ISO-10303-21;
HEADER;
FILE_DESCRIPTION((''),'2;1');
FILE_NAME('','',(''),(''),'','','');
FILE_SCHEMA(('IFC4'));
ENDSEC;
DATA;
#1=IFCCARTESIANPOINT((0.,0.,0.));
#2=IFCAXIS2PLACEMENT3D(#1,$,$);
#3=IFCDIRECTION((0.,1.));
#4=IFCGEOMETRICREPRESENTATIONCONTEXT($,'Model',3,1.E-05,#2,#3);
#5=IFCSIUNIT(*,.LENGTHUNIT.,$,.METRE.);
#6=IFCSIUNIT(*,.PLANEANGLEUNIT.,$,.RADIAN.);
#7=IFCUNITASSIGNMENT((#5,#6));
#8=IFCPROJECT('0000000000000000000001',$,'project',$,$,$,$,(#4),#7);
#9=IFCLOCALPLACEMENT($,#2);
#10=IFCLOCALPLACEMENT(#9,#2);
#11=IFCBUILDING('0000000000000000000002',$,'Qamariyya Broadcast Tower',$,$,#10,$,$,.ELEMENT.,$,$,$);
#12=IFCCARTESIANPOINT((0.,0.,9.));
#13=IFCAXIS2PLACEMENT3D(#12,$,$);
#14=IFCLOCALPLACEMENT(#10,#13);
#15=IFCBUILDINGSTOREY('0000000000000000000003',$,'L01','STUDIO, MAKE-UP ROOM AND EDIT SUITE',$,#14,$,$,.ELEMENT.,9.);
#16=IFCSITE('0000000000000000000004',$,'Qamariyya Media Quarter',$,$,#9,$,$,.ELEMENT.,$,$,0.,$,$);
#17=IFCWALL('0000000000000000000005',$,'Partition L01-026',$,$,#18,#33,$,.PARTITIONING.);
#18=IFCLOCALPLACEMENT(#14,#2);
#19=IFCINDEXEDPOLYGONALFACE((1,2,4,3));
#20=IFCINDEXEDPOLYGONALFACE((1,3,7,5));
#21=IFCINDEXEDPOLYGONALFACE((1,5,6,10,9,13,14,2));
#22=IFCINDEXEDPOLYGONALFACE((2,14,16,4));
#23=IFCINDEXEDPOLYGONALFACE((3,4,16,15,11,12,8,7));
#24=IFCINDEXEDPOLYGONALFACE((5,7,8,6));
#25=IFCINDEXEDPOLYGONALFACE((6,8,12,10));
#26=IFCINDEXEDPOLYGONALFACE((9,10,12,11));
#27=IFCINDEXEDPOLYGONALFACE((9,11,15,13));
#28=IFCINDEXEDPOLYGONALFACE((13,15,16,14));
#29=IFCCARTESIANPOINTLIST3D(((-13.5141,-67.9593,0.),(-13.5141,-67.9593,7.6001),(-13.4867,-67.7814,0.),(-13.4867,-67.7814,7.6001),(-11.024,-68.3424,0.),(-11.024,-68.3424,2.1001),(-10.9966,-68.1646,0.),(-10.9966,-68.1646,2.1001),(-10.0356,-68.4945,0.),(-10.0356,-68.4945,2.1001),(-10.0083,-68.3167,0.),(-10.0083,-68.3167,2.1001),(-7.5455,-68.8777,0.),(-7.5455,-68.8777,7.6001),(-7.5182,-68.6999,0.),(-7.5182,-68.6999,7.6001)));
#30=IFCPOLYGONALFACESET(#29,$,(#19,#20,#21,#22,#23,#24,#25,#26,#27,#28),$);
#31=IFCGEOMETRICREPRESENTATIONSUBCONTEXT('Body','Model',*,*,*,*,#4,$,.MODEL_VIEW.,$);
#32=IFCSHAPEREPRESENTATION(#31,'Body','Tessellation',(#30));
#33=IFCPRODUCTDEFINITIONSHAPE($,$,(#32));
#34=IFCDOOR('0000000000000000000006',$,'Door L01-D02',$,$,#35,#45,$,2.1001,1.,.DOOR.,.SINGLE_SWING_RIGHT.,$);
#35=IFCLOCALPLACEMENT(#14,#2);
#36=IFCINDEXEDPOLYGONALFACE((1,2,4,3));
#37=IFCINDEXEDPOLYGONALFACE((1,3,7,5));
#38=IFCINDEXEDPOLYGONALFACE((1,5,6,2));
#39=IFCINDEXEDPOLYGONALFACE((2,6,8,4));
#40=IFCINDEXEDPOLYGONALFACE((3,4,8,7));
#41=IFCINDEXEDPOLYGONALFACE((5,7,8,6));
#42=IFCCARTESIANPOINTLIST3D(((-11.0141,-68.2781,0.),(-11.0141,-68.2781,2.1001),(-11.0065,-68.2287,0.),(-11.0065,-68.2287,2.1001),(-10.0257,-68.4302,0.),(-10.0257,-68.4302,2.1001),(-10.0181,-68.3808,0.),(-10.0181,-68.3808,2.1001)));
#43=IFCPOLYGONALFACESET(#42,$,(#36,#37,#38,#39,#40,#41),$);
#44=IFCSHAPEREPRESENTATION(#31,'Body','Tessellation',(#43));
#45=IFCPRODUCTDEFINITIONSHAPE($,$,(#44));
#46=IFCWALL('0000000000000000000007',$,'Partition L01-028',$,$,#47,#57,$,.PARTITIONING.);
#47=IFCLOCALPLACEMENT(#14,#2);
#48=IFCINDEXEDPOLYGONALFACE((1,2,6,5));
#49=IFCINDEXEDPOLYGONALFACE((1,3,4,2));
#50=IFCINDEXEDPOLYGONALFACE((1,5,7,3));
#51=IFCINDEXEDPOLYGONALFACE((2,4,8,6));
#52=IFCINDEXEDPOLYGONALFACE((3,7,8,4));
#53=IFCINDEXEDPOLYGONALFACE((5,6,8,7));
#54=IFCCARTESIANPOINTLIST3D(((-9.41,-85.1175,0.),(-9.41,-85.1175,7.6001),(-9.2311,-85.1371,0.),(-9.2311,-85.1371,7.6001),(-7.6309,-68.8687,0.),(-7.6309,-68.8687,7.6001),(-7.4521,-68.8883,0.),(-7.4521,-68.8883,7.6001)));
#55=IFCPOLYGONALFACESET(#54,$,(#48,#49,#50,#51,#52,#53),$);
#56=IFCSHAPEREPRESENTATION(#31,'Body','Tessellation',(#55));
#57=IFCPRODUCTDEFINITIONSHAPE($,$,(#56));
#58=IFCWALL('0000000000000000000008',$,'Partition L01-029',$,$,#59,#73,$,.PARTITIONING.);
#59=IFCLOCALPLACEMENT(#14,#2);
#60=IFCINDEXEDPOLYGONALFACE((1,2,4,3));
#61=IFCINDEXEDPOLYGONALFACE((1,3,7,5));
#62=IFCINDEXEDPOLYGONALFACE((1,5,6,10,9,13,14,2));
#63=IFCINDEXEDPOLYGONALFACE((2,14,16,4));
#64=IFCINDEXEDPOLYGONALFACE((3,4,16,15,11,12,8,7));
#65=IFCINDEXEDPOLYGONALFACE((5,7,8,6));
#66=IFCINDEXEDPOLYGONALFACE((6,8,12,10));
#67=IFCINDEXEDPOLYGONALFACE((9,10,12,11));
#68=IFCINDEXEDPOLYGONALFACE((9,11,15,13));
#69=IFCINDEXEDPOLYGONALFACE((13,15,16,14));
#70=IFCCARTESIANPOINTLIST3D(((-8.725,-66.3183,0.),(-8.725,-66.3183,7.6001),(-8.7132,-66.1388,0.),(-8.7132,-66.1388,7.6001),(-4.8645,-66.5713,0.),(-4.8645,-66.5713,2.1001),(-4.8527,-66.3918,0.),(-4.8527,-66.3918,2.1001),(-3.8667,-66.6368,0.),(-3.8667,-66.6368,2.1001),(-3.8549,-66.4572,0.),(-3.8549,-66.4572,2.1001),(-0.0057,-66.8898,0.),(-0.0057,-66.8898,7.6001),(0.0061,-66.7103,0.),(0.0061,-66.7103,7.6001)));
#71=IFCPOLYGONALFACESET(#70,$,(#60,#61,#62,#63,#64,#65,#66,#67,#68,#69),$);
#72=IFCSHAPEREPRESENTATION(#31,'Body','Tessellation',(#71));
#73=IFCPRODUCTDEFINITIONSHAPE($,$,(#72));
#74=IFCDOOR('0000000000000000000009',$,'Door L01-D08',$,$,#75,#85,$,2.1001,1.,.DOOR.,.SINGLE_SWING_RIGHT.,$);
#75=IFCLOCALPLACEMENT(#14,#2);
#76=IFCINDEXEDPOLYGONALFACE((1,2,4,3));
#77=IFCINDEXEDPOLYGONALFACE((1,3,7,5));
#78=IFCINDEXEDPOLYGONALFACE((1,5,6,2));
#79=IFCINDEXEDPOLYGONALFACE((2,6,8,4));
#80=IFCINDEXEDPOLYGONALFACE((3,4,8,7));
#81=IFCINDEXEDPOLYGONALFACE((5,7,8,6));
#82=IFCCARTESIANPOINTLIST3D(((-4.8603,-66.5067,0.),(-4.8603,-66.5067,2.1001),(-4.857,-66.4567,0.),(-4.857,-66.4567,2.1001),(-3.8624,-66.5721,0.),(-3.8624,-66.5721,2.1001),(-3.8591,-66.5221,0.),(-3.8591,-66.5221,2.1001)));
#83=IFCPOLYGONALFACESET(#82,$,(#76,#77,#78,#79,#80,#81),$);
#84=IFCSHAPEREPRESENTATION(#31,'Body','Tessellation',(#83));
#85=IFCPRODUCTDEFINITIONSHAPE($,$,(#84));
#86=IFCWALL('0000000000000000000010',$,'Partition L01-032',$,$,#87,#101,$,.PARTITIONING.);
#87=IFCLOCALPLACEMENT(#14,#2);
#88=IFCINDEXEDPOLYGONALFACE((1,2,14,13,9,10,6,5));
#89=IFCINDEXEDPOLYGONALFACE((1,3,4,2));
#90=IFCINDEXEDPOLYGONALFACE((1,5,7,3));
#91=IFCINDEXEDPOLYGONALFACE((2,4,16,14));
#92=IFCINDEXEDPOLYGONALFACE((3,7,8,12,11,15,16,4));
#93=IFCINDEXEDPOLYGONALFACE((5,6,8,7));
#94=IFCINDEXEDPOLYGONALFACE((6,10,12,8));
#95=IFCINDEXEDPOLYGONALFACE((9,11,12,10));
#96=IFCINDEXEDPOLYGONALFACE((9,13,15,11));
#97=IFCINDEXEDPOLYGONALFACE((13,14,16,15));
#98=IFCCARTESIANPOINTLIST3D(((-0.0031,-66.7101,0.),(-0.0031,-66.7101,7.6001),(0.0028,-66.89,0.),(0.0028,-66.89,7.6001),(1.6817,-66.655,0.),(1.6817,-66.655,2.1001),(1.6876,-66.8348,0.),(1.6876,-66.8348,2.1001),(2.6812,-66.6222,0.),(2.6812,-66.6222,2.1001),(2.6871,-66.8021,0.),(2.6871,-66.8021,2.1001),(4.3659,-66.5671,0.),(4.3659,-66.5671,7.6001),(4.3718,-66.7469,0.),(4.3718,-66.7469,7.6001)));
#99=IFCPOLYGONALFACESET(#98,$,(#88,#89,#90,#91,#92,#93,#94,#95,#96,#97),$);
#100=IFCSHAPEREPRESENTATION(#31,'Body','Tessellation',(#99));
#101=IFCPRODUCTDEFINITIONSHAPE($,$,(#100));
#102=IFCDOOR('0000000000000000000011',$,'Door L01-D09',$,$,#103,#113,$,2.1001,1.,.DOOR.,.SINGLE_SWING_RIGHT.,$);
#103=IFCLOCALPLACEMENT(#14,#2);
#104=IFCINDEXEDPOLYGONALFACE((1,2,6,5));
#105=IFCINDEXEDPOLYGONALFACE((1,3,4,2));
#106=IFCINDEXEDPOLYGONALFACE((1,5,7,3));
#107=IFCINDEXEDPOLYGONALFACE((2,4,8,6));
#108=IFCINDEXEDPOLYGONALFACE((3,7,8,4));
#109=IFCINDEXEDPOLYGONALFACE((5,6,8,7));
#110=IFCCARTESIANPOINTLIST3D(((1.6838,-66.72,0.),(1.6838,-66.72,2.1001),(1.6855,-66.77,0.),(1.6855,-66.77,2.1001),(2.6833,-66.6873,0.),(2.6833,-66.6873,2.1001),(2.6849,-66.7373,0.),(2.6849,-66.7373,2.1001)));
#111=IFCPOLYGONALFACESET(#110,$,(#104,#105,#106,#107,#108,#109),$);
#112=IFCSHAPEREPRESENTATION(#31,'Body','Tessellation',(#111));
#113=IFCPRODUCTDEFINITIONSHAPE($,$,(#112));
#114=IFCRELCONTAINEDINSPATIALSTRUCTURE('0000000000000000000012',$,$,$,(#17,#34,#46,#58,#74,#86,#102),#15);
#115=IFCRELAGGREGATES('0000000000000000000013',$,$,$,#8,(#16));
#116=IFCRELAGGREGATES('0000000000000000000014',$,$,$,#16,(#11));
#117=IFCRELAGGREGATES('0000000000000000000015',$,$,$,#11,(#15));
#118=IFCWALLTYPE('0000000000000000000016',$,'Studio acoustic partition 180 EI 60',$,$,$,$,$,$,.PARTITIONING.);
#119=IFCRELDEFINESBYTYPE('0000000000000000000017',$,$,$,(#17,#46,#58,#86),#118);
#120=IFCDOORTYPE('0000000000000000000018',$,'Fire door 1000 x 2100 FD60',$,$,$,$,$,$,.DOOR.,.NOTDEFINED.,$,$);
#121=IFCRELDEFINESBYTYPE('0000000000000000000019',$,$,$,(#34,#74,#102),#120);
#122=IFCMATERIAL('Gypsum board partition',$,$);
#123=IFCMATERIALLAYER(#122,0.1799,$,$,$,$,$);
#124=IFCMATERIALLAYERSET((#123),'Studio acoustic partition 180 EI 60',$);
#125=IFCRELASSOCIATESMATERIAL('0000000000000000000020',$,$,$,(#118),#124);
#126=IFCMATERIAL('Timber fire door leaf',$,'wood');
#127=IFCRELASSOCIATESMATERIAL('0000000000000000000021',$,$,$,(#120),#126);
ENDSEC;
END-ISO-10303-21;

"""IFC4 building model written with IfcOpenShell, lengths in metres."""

from ifc_helpers import new_model, si_unit, direction, frame, frame_2d, origin, place, context, subcontext, project, spatial, rectangle, extrude, material, layer, layer_set, type_object, element, fill, save


model = new_model("IFC4")

# Units and contexts
model_context = context("Model", 3, precision=1e-05, world=origin(), true_north=direction((0.0, 1.0)))
body_context = subcontext(model_context, "Body", "Model", "MODEL_VIEW")
ifc_project = project(units=[si_unit("LENGTHUNIT", "METRE"), si_unit("PLANEANGLEUNIT", "RADIAN")], contexts=[model_context])

# Site, building, storey
site_placement = place(None, origin())
site = spatial("IfcSite", under=ifc_project, at=site_placement, Name="Qamariyya Media Quarter", CompositionType="ELEMENT", RefElevation=0.0)
building_placement = place(site_placement, origin())
building = spatial("IfcBuilding", under=site, at=building_placement, Name="Qamariyya Broadcast Tower", CompositionType="ELEMENT")
storey_placement = place(building_placement, frame((0.0, 0.0, 9.0)))
storey = spatial("IfcBuildingStorey", under=building, at=storey_placement, Name="L01", Description="STUDIO, MAKE-UP ROOM AND EDIT SUITE", CompositionType="ELEMENT", Elevation=9.0)

# Wall, opening, door
ifc_material_1 = material(Name="Gypsum board partition")
ifc_layer_1 = layer(ifc_material_1, 0.1799)
ifc_layer_set_1 = layer_set([ifc_layer_1], Name="Studio acoustic partition 180 EI 60")
wall_type_1 = type_object("IfcWallType", Name="Studio acoustic partition 180 EI 60", PredefinedType="PARTITIONING", material=ifc_layer_set_1)
wall_1_placement = place(storey_placement, frame((-7.5317, -68.7888, 0.0), z_axis=(0.0, 0.0, 1.0), x_axis=(-0.988366, 0.152094, 0.0)))
wall_1 = element("IfcWall", 1, at=wall_1_placement, inside=storey, type_object=wall_type_1, Name="Partition L01-026", PredefinedType="PARTITIONING", context=body_context, shape_type="SweptSolid", body=[
    extrude(rectangle(XDim=6.0388, YDim=0.1799, at=frame_2d((3.0195, 0.0))), origin(), (0.0, 0.0, 1.0), 7.6001),
])
opening_1_placement = place(wall_1_placement, frame((2.5195, 0.0, 0.0)))
opening_1 = element("IfcOpeningElement", 2, at=opening_1_placement, cuts=wall_1, PredefinedType="OPENING", context=body_context, shape_type="SweptSolid", body=[
    extrude(rectangle(XDim=1.0, YDim=2.1001, at=frame_2d((0.5, 1.05))), frame((0.0, 0.0999, 0.0), z_axis=(0.0, -1.0, 0.0), x_axis=(1.0, 0.0, 0.0)), (0.0, 0.0, 1.0), 0.2),
])
ifc_material_2 = material(Name="Timber fire door leaf", Category="wood")
door_type_1 = type_object("IfcDoorType", Name="Fire door 1000 x 2100 FD60", OperationType="NOTDEFINED", PredefinedType="DOOR", material=ifc_material_2)
door_1_placement = place(opening_1_placement, origin())
door_1 = element("IfcDoor", 3, at=door_1_placement, inside=storey, type_object=door_type_1, Name="Door L01-D02", OperationType="SINGLE_SWING_RIGHT", OverallHeight=2.1001, OverallWidth=1.0, PredefinedType="DOOR", context=body_context, shape_type="SweptSolid", body=[
    extrude(rectangle(XDim=1.0, YDim=2.1001, at=frame_2d((0.5, 1.05))), frame((0.0, 0.0249, 0.0), z_axis=(0.0, -1.0, 0.0), x_axis=(1.0, 0.0, 0.0)), (0.0, 0.0, 1.0), 0.05),
])
fill(opening_1, door_1)

# Wall
wall_2_placement = place(storey_placement, frame((-9.3206, -85.1272, 0.0), z_axis=(0.0, 0.0, 1.0), x_axis=(0.108838, 0.99406, 0.0)))
element("IfcWall", 4, at=wall_2_placement, inside=storey, type_object=wall_type_1, Name="Partition L01-028", PredefinedType="PARTITIONING", context=body_context, shape_type="SweptSolid", body=[
    extrude(rectangle(XDim=16.3459, YDim=0.1799, at=frame_2d((8.1729, 0.0))), origin(), (0.0, 0.0, 1.0), 7.6001),
])

# Walls, openings, doors
wall_3_placement = place(storey_placement, frame((-8.7192, -66.2285, 0.0), z_axis=(0.0, 0.0, 1.0), x_axis=(0.997859, -0.065408, 0.0)))
wall_3 = element("IfcWall", 5, at=wall_3_placement, inside=storey, type_object=wall_type_1, Name="Partition L01-029", PredefinedType="PARTITIONING", context=body_context, shape_type="SweptSolid", body=[
    extrude(rectangle(XDim=8.738, YDim=0.1799, at=frame_2d((4.3691, 0.0))), origin(), (0.0, 0.0, 1.0), 7.6001),
])
opening_2_placement = place(wall_3_placement, frame((3.8689, 0.0, 0.0)))
opening_2 = element("IfcOpeningElement", 6, at=opening_2_placement, cuts=wall_3, PredefinedType="OPENING", context=body_context, shape_type="SweptSolid", body=[
    extrude(rectangle(XDim=1.0, YDim=2.1001, at=frame_2d((0.5, 1.05))), frame((0.0, 0.0999, 0.0), z_axis=(0.0, -1.0, 0.0), x_axis=(1.0, 0.0, 0.0)), (0.0, 0.0, 1.0), 0.2),
])
door_2_placement = place(opening_2_placement, origin())
door_2 = element("IfcDoor", 7, at=door_2_placement, inside=storey, type_object=door_type_1, Name="Door L01-D08", OperationType="SINGLE_SWING_RIGHT", OverallHeight=2.1001, OverallWidth=1.0, PredefinedType="DOOR", context=body_context, shape_type="SweptSolid", body=[
    extrude(rectangle(XDim=1.0, YDim=2.1001, at=frame_2d((0.5, 1.05))), frame((0.0, 0.0249, 0.0), z_axis=(0.0, -1.0, 0.0), x_axis=(1.0, 0.0, 0.0)), (0.0, 0.0, 1.0), 0.05),
])
fill(opening_2, door_2)
wall_4_placement = place(storey_placement, frame((0.0, -66.8, 0.0), z_axis=(0.0, 0.0, 1.0), x_axis=(0.999464, 0.032729, 0.0)))
wall_4 = element("IfcWall", 8, at=wall_4_placement, inside=storey, type_object=wall_type_1, Name="Partition L01-032", PredefinedType="PARTITIONING", context=body_context, shape_type="SweptSolid", body=[
    extrude(rectangle(XDim=4.3713, YDim=0.1799, at=frame_2d((2.1855, 0.0))), origin(), (0.0, 0.0, 1.0), 7.6001),
])
opening_3_placement = place(wall_4_placement, frame((1.6855, 0.0, 0.0)))
opening_3 = element("IfcOpeningElement", 9, at=opening_3_placement, cuts=wall_4, PredefinedType="OPENING", context=body_context, shape_type="SweptSolid", body=[
    extrude(rectangle(XDim=1.0, YDim=2.1001, at=frame_2d((0.5, 1.05))), frame((0.0, 0.0999, 0.0), z_axis=(0.0, -1.0, 0.0), x_axis=(1.0, 0.0, 0.0)), (0.0, 0.0, 1.0), 0.2),
])
door_3_placement = place(opening_3_placement, origin())
door_3 = element("IfcDoor", 10, at=door_3_placement, inside=storey, type_object=door_type_1, Name="Door L01-D09", OperationType="SINGLE_SWING_RIGHT", OverallHeight=2.1001, OverallWidth=1.0, PredefinedType="DOOR", context=body_context, shape_type="SweptSolid", body=[
    extrude(rectangle(XDim=1.0, YDim=2.1001, at=frame_2d((0.5, 1.05))), frame((0.0, 0.0249, 0.0), z_axis=(0.0, -1.0, 0.0), x_axis=(1.0, 0.0, 0.0)), (0.0, 0.0, 1.0), 0.05),
])
fill(opening_3, door_3)

save(model, "model.ifc")
